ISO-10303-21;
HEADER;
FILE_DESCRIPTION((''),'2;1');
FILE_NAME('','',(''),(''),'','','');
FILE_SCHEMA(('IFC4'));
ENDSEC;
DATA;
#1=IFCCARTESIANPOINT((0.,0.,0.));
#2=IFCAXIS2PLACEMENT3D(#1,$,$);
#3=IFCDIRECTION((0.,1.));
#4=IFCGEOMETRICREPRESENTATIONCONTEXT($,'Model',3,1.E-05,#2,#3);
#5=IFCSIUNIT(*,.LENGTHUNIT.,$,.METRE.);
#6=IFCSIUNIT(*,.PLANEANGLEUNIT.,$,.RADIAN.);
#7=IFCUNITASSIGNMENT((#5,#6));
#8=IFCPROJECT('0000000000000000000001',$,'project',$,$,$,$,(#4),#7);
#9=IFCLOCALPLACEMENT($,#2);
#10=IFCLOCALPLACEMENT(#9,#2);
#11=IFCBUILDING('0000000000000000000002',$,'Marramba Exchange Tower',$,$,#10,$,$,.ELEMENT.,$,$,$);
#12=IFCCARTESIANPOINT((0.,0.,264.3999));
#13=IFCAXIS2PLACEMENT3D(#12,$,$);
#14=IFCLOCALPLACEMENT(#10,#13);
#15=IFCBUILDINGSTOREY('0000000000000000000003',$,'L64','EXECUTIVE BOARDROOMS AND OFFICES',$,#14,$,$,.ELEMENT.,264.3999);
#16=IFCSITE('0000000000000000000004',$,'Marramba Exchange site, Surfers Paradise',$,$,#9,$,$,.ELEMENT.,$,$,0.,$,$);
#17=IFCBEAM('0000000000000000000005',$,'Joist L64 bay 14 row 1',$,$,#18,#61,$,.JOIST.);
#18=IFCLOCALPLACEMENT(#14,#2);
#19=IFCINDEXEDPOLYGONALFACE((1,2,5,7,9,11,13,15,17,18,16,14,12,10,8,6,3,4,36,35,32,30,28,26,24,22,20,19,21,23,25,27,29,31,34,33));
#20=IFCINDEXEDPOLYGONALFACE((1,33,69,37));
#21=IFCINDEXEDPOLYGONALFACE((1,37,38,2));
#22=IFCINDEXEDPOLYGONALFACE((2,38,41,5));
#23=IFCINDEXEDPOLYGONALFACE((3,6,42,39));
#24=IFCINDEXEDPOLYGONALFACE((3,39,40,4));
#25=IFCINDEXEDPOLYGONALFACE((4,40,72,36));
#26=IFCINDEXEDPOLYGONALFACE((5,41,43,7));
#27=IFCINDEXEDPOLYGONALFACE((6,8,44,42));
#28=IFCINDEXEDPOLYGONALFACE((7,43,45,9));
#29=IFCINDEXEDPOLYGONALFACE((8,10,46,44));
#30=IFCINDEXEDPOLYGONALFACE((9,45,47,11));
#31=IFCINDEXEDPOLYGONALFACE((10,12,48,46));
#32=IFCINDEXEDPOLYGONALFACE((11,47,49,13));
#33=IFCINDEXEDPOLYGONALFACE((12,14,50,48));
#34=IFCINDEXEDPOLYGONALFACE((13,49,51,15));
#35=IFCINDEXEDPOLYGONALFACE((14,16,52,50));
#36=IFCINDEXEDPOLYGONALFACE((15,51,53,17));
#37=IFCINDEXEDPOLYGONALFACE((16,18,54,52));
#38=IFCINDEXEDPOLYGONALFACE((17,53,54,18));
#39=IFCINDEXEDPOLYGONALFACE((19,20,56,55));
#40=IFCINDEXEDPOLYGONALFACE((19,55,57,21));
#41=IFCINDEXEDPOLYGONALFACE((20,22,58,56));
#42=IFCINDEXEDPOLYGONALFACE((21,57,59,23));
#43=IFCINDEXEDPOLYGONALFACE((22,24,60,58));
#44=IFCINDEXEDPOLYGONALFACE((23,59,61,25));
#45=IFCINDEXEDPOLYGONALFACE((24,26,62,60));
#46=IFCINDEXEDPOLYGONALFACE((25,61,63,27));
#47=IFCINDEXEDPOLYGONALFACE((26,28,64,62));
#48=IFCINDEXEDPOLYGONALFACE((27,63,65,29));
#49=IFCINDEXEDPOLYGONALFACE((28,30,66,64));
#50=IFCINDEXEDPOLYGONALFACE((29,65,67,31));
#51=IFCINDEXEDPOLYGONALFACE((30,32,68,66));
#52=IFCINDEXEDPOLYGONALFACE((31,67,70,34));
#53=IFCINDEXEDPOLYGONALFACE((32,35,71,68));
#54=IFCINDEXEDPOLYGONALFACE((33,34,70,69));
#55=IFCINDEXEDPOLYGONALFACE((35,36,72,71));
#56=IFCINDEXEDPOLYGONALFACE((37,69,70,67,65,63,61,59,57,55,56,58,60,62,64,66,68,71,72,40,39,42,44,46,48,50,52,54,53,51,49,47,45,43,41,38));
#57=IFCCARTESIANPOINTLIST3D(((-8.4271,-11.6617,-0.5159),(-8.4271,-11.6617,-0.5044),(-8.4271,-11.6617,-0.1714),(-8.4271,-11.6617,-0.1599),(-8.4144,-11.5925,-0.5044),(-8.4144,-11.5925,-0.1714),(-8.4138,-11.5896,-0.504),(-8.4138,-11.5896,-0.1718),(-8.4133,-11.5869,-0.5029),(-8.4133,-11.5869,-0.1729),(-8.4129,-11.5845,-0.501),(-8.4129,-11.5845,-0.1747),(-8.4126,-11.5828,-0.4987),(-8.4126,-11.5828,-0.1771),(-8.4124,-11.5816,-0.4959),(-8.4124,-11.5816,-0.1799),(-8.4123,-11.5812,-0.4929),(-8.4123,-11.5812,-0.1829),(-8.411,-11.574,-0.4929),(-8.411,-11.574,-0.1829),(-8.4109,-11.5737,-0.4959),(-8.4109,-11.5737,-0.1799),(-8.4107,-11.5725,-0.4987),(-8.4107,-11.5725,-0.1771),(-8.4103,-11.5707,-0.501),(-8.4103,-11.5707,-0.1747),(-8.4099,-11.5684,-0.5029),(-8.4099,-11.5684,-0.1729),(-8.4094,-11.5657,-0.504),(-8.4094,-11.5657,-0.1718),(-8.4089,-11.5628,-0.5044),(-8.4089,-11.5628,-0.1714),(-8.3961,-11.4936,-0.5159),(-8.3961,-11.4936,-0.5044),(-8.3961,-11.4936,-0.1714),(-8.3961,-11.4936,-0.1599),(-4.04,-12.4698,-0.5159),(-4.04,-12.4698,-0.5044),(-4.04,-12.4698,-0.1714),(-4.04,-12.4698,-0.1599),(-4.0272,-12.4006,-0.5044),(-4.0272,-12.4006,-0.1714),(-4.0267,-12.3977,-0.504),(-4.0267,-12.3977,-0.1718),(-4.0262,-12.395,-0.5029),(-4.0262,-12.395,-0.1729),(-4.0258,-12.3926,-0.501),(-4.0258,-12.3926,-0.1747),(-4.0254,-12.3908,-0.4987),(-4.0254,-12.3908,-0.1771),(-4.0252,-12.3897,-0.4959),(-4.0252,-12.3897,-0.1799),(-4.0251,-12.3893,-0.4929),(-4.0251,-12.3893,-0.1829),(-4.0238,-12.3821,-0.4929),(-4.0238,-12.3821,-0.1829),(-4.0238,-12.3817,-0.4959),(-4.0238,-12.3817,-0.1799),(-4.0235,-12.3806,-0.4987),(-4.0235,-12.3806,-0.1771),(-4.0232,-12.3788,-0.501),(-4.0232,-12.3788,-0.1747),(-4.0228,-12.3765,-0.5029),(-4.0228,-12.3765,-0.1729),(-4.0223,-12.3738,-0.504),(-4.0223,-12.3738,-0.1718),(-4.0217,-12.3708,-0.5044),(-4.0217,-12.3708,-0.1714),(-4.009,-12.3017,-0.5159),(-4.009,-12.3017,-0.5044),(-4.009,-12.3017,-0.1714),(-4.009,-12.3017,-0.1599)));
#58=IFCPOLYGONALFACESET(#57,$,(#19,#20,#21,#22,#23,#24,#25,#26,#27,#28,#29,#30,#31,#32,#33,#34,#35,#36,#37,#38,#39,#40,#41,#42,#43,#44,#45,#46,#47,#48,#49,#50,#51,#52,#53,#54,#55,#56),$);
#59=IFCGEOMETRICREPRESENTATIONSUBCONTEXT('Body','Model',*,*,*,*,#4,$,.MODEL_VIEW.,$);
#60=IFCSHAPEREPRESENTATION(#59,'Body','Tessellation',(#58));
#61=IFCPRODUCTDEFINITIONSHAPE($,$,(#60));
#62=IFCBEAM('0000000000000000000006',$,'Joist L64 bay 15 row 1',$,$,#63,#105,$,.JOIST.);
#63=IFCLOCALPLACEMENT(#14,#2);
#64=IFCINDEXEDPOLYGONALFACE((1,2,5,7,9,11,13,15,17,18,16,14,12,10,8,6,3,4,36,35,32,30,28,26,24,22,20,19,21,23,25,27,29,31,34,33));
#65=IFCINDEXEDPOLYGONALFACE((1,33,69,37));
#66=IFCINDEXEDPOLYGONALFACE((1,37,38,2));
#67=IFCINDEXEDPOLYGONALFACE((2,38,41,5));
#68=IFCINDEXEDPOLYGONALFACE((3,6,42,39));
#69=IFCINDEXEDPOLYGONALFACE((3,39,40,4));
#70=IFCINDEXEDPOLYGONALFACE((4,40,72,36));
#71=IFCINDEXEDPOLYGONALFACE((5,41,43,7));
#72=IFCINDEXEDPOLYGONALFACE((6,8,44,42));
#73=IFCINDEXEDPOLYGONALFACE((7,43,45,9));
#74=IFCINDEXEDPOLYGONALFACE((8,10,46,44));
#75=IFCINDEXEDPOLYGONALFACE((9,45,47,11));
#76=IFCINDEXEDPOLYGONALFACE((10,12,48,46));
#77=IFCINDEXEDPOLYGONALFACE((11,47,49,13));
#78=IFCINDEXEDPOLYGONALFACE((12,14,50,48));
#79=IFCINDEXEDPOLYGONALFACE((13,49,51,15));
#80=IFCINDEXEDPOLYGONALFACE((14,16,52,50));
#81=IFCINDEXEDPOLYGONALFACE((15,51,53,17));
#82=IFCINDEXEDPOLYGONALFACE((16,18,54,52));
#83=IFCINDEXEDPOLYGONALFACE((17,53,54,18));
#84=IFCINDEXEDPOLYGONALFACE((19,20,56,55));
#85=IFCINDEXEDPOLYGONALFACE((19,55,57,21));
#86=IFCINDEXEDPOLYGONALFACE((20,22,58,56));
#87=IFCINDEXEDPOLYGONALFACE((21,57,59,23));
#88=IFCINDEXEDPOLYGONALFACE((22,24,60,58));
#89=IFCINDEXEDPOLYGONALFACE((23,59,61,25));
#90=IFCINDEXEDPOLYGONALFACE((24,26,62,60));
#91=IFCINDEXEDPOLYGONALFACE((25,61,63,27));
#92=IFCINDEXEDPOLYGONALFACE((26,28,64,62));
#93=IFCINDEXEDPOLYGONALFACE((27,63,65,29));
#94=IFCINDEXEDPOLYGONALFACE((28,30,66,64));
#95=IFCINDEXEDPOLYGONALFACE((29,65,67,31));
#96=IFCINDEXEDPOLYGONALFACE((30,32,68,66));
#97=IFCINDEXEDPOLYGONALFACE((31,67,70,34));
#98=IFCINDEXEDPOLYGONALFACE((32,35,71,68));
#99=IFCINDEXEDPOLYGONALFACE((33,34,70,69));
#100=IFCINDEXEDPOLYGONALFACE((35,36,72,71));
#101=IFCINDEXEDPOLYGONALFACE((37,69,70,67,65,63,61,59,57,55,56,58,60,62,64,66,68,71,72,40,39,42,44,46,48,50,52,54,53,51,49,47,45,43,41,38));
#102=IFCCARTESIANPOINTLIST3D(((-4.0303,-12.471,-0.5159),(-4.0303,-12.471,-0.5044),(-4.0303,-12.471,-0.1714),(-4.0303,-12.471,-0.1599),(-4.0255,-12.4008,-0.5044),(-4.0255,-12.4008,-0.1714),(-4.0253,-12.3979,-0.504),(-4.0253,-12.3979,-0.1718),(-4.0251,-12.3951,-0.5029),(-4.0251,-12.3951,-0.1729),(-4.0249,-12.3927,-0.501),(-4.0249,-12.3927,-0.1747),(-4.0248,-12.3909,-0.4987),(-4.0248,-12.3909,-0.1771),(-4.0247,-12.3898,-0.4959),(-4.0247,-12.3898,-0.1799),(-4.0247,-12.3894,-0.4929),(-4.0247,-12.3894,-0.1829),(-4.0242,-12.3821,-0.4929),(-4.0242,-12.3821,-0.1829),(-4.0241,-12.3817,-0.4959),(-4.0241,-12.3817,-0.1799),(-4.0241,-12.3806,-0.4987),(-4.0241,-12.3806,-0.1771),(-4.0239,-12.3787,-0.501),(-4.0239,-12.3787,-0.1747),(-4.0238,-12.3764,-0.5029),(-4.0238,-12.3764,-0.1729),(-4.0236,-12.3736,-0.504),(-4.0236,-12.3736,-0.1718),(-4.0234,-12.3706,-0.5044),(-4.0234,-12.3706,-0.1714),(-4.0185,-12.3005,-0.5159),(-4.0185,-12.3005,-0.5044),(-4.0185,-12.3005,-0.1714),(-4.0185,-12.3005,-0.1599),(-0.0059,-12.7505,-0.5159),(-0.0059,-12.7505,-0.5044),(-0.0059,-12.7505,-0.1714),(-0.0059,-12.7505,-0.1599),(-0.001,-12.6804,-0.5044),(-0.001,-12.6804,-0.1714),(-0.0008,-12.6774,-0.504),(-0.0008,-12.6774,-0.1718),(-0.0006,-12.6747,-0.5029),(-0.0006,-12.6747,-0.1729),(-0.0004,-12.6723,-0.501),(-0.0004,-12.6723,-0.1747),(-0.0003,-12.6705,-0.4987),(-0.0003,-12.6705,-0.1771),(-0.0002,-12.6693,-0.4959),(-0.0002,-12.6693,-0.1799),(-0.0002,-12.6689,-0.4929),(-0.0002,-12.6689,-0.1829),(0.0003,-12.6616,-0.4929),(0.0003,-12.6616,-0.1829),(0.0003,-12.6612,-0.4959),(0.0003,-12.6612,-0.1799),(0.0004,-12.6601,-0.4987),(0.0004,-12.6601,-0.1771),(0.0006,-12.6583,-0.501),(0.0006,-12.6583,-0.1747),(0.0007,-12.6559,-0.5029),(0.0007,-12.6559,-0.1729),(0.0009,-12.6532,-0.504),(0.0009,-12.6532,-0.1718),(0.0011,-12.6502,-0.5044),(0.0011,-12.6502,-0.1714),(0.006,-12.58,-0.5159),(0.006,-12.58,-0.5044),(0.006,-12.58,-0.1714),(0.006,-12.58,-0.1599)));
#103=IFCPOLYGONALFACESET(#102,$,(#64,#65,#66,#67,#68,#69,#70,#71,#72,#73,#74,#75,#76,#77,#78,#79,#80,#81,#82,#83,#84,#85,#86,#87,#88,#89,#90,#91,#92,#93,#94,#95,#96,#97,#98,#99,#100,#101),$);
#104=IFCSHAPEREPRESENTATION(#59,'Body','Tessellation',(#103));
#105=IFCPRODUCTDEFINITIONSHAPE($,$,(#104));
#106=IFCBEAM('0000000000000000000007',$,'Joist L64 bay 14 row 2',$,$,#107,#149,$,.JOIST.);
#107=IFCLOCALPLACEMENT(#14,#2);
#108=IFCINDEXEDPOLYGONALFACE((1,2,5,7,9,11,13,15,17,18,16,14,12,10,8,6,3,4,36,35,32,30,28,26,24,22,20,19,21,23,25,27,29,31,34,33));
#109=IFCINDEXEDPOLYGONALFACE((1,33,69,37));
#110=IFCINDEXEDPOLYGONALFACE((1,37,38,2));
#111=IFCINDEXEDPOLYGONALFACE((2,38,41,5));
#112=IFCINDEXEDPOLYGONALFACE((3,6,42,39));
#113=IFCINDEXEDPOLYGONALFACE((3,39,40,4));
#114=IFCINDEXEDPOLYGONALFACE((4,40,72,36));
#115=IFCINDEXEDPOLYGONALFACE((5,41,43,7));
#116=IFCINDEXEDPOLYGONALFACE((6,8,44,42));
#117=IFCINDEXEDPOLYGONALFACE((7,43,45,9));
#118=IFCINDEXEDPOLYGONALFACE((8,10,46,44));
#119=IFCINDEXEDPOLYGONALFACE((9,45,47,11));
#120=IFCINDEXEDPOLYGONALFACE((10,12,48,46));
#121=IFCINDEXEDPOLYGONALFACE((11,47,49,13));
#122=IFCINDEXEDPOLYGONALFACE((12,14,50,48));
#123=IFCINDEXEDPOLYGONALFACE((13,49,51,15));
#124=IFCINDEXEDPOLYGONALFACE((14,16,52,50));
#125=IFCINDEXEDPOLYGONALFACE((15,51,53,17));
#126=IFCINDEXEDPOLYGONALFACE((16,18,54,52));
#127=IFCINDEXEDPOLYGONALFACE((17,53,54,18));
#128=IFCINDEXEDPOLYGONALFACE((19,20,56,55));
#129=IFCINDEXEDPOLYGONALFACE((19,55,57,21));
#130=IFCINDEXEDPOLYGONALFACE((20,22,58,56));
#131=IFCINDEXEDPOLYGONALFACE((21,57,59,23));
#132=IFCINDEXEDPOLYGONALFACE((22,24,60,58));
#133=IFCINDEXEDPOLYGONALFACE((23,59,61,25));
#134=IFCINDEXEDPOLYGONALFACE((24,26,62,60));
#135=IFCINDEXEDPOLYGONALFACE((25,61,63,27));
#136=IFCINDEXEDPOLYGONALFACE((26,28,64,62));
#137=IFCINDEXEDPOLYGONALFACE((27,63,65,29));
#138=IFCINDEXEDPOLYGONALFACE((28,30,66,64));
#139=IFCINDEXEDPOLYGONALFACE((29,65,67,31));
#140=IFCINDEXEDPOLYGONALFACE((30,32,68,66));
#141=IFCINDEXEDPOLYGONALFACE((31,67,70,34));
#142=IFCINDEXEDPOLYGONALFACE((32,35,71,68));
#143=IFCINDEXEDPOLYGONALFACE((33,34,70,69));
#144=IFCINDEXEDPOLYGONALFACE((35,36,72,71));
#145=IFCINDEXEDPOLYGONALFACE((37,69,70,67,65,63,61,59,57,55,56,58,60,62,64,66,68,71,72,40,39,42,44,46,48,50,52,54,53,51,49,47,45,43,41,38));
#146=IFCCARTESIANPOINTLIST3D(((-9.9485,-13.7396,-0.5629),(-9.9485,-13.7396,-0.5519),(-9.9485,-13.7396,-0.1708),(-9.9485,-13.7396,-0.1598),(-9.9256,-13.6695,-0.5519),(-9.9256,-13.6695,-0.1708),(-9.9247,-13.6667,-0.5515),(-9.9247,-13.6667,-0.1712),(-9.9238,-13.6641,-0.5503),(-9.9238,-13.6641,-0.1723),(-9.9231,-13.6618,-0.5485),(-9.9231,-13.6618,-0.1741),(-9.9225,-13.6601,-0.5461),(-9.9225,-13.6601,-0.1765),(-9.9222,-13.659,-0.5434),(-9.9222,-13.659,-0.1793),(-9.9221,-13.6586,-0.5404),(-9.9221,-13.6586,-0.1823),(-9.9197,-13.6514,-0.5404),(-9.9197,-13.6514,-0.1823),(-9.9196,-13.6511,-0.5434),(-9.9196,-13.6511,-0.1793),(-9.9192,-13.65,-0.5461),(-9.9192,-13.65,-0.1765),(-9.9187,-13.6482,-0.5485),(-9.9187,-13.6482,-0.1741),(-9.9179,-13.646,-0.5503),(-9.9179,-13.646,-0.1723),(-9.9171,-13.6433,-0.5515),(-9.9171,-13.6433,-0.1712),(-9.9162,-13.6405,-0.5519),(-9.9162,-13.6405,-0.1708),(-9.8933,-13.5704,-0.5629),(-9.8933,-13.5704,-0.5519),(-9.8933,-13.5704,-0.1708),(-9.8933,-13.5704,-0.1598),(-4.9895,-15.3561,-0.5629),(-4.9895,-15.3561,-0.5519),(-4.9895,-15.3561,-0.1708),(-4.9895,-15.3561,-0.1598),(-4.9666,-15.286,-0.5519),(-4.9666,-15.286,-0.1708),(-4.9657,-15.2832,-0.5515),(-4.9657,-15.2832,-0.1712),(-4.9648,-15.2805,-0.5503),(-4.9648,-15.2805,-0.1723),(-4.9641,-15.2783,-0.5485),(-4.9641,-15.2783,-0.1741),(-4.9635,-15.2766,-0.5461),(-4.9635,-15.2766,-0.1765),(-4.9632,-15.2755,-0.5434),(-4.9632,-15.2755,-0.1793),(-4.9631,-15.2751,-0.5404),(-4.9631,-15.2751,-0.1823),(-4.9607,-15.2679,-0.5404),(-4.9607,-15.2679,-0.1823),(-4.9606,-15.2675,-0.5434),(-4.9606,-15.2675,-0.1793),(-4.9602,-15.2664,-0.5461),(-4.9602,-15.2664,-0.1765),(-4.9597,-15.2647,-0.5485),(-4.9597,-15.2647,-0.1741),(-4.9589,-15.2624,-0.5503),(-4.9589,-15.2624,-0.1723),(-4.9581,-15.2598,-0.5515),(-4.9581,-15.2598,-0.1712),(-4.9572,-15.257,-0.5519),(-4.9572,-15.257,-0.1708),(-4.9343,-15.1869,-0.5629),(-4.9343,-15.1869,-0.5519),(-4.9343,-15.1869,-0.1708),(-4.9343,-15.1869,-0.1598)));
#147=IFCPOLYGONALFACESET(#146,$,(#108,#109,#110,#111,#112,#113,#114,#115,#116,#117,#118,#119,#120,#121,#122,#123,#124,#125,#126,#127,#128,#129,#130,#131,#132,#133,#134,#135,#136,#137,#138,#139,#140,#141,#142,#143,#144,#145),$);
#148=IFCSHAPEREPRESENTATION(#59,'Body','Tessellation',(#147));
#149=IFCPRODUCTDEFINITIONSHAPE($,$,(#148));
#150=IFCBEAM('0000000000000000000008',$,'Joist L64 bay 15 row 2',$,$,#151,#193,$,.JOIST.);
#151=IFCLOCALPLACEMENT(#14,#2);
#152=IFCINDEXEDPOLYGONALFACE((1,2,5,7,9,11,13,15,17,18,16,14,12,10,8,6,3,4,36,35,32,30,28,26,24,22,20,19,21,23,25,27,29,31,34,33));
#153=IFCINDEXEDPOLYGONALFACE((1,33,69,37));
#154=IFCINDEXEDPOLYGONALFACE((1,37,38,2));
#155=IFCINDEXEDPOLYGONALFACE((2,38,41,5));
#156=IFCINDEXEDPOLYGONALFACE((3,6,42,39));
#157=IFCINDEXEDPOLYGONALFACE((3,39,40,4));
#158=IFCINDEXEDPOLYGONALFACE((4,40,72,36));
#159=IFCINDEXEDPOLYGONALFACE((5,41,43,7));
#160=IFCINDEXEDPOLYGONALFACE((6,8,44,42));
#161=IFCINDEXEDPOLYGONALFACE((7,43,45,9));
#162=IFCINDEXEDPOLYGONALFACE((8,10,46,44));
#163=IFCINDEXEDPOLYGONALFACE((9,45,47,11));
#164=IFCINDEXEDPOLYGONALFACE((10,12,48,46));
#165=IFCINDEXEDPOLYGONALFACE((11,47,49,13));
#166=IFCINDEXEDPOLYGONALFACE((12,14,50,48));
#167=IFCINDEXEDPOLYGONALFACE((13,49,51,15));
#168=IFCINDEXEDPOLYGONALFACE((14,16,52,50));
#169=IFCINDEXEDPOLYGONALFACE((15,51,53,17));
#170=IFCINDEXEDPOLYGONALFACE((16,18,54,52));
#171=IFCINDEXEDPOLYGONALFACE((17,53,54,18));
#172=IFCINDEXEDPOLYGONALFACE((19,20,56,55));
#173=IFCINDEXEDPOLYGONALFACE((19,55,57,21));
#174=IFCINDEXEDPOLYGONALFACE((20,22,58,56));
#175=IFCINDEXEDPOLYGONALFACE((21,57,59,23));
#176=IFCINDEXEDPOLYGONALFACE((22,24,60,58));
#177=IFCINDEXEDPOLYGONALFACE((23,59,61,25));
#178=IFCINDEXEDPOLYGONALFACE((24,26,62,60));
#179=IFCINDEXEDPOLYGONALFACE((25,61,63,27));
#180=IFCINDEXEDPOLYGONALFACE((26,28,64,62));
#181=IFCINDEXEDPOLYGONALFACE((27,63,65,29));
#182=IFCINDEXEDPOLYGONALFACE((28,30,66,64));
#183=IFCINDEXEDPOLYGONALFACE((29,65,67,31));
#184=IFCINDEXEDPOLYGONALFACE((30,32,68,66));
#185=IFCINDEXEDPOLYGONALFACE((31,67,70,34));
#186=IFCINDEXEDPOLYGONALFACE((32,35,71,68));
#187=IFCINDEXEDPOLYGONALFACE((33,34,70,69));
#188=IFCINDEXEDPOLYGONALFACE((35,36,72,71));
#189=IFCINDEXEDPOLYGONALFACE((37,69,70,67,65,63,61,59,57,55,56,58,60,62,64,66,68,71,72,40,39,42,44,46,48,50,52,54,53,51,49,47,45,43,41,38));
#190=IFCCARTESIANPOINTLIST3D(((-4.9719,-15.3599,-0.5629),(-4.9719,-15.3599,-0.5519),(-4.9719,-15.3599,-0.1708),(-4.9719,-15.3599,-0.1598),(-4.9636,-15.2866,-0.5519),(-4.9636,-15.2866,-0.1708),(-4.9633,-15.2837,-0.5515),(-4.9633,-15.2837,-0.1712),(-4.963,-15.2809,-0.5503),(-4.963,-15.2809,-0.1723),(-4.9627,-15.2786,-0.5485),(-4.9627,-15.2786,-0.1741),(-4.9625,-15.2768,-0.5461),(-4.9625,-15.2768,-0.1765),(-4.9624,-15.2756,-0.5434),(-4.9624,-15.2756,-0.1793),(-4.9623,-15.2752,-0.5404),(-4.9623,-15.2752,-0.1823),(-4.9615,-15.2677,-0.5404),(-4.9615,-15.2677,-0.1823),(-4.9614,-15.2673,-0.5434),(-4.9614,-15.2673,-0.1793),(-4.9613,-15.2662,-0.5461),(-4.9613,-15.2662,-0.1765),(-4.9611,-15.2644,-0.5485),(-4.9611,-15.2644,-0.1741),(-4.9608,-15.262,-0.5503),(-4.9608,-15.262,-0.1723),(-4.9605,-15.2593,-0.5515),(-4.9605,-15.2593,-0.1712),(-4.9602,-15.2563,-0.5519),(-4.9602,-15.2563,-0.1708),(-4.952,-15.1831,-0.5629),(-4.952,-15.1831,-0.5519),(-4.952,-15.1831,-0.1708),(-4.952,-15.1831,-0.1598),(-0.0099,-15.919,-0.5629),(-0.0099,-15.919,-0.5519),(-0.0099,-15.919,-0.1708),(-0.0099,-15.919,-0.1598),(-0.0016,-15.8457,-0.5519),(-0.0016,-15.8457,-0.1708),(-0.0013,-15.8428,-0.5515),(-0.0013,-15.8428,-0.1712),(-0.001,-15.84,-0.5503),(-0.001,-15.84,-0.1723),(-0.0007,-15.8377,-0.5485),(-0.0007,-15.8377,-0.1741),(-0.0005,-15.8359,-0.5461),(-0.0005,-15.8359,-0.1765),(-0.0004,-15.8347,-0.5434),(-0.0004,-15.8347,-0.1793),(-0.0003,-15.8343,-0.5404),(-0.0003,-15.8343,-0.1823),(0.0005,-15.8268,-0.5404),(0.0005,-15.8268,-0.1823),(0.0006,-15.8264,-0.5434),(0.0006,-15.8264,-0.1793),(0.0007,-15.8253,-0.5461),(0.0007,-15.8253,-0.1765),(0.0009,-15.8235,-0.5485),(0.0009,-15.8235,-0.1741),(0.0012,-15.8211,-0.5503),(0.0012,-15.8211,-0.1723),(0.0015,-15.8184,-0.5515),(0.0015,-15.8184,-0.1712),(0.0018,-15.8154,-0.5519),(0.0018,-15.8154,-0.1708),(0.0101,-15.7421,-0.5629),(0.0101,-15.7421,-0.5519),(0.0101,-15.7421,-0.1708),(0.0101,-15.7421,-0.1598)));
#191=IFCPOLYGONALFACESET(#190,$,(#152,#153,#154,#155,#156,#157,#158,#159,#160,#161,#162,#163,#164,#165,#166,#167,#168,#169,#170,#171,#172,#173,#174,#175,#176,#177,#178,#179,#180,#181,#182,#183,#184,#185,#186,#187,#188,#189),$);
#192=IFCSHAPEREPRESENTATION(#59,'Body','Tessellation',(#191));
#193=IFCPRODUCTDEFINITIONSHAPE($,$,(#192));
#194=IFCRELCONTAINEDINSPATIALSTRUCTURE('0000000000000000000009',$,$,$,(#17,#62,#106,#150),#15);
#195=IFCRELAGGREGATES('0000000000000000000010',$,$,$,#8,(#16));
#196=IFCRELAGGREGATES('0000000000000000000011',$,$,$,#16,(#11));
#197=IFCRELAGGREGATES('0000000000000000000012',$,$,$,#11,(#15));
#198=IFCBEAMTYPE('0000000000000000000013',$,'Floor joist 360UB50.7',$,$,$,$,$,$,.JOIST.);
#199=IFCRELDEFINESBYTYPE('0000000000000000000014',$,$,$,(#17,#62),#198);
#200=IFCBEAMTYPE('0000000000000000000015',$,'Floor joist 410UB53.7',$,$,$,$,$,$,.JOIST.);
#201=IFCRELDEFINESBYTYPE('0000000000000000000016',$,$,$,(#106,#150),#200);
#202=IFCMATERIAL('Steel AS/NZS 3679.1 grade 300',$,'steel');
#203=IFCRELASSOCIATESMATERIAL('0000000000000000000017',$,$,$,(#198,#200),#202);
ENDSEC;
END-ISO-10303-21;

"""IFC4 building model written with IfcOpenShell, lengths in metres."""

from ifc_helpers import new_model, si_unit, direction, frame, origin, origin_2d, place, context, subcontext, project, spatial, i_section, extrude, material, material_profile, profile_set, type_object, element, save


model = new_model("IFC4")

# Units and contexts
model_context = context("Model", 3, precision=1e-05, world=origin(), true_north=direction((0.0, 1.0)))
body_context = subcontext(model_context, "Body", "Model", "MODEL_VIEW")
ifc_project = project(units=[si_unit("LENGTHUNIT", "METRE"), si_unit("PLANEANGLEUNIT", "RADIAN")], contexts=[model_context])

# Site, building, storey
site_placement = place(None, origin())
site = spatial("IfcSite", under=ifc_project, at=site_placement, Name="Marramba Exchange site, Surfers Paradise", CompositionType="ELEMENT", RefElevation=0.0)
building_placement = place(site_placement, origin())
building = spatial("IfcBuilding", under=site, at=building_placement, Name="Marramba Exchange Tower", CompositionType="ELEMENT")
storey_placement = place(building_placement, frame((0.0, 0.0, 264.3999)))
storey = spatial("IfcBuildingStorey", under=building, at=storey_placement, Name="L64", Description="EXECUTIVE BOARDROOMS AND OFFICES", CompositionType="ELEMENT", Elevation=264.3999)

# Beams
ifc_material_1 = material(Name="Steel AS/NZS 3679.1 grade 300", Category="steel")
ifc_material_profile_1 = material_profile(ifc_material_1, i_section(OverallWidth=0.1709, OverallDepth=0.356, WebThickness=0.0073, FlangeThickness=0.0115, FilletRadius=0.0115, at=origin_2d()), Name="360UB50.7")
ifc_profile_set_1 = profile_set([ifc_material_profile_1], Name="Steel AS/NZS 3679.1 grade 300")
beam_type_1 = type_object("IfcBeamType", Name="Floor joist 360UB50.7", PredefinedType="JOIST", material=ifc_profile_set_1)
beam_1_placement = place(storey_placement, frame((-8.4116, -11.5776, -0.3379), z_axis=(0.983456, -0.181149, 0.0), x_axis=(0.181149, 0.983456, 0.0)))
element("IfcBeam", 1, at=beam_1_placement, inside=storey, type_object=beam_type_1, Name="Joist L64 bay 14 row 1", PredefinedType="JOIST", context=body_context, shape_type="SweptSolid", body=[
    extrude(i_section(OverallWidth=0.1709, OverallDepth=0.356, WebThickness=0.0073, FlangeThickness=0.0115, FilletRadius=0.0115, at=origin_2d()), origin(), (0.0, 0.0, 1.0), 4.4609),
])
beam_2_placement = place(storey_placement, frame((-4.0244, -12.3857, -0.3379), z_axis=(0.997596, -0.069294, 0.0), x_axis=(0.069294, 0.997596, 0.0)))
element("IfcBeam", 2, at=beam_2_placement, inside=storey, type_object=beam_type_1, Name="Joist L64 bay 15 row 1", PredefinedType="JOIST", context=body_context, shape_type="SweptSolid", body=[
    extrude(i_section(OverallWidth=0.1709, OverallDepth=0.356, WebThickness=0.0073, FlangeThickness=0.0115, FilletRadius=0.0115, at=origin_2d()), origin(), (0.0, 0.0, 1.0), 4.0342),
])
ifc_material_profile_2 = material_profile(ifc_material_1, i_section(OverallWidth=0.178, OverallDepth=0.4031, WebThickness=0.0076, FlangeThickness=0.011, FilletRadius=0.0115, at=origin_2d()), Name="410UB53.7")
ifc_profile_set_2 = profile_set([ifc_material_profile_2], Name="Steel AS/NZS 3679.1 grade 300")
beam_type_2 = type_object("IfcBeamType", Name="Floor joist 410UB53.7", PredefinedType="JOIST", material=ifc_profile_set_2)
beam_3_placement = place(storey_placement, frame((-9.9209, -13.655, -0.3613), z_axis=(0.950764, -0.309916, 0.0), x_axis=(0.309916, 0.950764, 0.0)))
element("IfcBeam", 3, at=beam_3_placement, inside=storey, type_object=beam_type_2, Name="Joist L64 bay 14 row 2", PredefinedType="JOIST", context=body_context, shape_type="SweptSolid", body=[
    extrude(i_section(OverallWidth=0.178, OverallDepth=0.4031, WebThickness=0.0076, FlangeThickness=0.011, FilletRadius=0.0115, at=origin_2d()), origin(), (0.0, 0.0, 1.0), 5.2158),
])
beam_4_placement = place(storey_placement, frame((-4.9619, -15.2715, -0.3613), z_axis=(0.993712, -0.111966, 0.0), x_axis=(0.111966, 0.993712, 0.0)))
element("IfcBeam", 4, at=beam_4_placement, inside=storey, type_object=beam_type_2, Name="Joist L64 bay 15 row 2", PredefinedType="JOIST", context=body_context, shape_type="SweptSolid", body=[
    extrude(i_section(OverallWidth=0.178, OverallDepth=0.4031, WebThickness=0.0076, FlangeThickness=0.011, FilletRadius=0.0115, at=origin_2d()), origin(), (0.0, 0.0, 1.0), 4.9934),
])

save(model, "model.ifc")
